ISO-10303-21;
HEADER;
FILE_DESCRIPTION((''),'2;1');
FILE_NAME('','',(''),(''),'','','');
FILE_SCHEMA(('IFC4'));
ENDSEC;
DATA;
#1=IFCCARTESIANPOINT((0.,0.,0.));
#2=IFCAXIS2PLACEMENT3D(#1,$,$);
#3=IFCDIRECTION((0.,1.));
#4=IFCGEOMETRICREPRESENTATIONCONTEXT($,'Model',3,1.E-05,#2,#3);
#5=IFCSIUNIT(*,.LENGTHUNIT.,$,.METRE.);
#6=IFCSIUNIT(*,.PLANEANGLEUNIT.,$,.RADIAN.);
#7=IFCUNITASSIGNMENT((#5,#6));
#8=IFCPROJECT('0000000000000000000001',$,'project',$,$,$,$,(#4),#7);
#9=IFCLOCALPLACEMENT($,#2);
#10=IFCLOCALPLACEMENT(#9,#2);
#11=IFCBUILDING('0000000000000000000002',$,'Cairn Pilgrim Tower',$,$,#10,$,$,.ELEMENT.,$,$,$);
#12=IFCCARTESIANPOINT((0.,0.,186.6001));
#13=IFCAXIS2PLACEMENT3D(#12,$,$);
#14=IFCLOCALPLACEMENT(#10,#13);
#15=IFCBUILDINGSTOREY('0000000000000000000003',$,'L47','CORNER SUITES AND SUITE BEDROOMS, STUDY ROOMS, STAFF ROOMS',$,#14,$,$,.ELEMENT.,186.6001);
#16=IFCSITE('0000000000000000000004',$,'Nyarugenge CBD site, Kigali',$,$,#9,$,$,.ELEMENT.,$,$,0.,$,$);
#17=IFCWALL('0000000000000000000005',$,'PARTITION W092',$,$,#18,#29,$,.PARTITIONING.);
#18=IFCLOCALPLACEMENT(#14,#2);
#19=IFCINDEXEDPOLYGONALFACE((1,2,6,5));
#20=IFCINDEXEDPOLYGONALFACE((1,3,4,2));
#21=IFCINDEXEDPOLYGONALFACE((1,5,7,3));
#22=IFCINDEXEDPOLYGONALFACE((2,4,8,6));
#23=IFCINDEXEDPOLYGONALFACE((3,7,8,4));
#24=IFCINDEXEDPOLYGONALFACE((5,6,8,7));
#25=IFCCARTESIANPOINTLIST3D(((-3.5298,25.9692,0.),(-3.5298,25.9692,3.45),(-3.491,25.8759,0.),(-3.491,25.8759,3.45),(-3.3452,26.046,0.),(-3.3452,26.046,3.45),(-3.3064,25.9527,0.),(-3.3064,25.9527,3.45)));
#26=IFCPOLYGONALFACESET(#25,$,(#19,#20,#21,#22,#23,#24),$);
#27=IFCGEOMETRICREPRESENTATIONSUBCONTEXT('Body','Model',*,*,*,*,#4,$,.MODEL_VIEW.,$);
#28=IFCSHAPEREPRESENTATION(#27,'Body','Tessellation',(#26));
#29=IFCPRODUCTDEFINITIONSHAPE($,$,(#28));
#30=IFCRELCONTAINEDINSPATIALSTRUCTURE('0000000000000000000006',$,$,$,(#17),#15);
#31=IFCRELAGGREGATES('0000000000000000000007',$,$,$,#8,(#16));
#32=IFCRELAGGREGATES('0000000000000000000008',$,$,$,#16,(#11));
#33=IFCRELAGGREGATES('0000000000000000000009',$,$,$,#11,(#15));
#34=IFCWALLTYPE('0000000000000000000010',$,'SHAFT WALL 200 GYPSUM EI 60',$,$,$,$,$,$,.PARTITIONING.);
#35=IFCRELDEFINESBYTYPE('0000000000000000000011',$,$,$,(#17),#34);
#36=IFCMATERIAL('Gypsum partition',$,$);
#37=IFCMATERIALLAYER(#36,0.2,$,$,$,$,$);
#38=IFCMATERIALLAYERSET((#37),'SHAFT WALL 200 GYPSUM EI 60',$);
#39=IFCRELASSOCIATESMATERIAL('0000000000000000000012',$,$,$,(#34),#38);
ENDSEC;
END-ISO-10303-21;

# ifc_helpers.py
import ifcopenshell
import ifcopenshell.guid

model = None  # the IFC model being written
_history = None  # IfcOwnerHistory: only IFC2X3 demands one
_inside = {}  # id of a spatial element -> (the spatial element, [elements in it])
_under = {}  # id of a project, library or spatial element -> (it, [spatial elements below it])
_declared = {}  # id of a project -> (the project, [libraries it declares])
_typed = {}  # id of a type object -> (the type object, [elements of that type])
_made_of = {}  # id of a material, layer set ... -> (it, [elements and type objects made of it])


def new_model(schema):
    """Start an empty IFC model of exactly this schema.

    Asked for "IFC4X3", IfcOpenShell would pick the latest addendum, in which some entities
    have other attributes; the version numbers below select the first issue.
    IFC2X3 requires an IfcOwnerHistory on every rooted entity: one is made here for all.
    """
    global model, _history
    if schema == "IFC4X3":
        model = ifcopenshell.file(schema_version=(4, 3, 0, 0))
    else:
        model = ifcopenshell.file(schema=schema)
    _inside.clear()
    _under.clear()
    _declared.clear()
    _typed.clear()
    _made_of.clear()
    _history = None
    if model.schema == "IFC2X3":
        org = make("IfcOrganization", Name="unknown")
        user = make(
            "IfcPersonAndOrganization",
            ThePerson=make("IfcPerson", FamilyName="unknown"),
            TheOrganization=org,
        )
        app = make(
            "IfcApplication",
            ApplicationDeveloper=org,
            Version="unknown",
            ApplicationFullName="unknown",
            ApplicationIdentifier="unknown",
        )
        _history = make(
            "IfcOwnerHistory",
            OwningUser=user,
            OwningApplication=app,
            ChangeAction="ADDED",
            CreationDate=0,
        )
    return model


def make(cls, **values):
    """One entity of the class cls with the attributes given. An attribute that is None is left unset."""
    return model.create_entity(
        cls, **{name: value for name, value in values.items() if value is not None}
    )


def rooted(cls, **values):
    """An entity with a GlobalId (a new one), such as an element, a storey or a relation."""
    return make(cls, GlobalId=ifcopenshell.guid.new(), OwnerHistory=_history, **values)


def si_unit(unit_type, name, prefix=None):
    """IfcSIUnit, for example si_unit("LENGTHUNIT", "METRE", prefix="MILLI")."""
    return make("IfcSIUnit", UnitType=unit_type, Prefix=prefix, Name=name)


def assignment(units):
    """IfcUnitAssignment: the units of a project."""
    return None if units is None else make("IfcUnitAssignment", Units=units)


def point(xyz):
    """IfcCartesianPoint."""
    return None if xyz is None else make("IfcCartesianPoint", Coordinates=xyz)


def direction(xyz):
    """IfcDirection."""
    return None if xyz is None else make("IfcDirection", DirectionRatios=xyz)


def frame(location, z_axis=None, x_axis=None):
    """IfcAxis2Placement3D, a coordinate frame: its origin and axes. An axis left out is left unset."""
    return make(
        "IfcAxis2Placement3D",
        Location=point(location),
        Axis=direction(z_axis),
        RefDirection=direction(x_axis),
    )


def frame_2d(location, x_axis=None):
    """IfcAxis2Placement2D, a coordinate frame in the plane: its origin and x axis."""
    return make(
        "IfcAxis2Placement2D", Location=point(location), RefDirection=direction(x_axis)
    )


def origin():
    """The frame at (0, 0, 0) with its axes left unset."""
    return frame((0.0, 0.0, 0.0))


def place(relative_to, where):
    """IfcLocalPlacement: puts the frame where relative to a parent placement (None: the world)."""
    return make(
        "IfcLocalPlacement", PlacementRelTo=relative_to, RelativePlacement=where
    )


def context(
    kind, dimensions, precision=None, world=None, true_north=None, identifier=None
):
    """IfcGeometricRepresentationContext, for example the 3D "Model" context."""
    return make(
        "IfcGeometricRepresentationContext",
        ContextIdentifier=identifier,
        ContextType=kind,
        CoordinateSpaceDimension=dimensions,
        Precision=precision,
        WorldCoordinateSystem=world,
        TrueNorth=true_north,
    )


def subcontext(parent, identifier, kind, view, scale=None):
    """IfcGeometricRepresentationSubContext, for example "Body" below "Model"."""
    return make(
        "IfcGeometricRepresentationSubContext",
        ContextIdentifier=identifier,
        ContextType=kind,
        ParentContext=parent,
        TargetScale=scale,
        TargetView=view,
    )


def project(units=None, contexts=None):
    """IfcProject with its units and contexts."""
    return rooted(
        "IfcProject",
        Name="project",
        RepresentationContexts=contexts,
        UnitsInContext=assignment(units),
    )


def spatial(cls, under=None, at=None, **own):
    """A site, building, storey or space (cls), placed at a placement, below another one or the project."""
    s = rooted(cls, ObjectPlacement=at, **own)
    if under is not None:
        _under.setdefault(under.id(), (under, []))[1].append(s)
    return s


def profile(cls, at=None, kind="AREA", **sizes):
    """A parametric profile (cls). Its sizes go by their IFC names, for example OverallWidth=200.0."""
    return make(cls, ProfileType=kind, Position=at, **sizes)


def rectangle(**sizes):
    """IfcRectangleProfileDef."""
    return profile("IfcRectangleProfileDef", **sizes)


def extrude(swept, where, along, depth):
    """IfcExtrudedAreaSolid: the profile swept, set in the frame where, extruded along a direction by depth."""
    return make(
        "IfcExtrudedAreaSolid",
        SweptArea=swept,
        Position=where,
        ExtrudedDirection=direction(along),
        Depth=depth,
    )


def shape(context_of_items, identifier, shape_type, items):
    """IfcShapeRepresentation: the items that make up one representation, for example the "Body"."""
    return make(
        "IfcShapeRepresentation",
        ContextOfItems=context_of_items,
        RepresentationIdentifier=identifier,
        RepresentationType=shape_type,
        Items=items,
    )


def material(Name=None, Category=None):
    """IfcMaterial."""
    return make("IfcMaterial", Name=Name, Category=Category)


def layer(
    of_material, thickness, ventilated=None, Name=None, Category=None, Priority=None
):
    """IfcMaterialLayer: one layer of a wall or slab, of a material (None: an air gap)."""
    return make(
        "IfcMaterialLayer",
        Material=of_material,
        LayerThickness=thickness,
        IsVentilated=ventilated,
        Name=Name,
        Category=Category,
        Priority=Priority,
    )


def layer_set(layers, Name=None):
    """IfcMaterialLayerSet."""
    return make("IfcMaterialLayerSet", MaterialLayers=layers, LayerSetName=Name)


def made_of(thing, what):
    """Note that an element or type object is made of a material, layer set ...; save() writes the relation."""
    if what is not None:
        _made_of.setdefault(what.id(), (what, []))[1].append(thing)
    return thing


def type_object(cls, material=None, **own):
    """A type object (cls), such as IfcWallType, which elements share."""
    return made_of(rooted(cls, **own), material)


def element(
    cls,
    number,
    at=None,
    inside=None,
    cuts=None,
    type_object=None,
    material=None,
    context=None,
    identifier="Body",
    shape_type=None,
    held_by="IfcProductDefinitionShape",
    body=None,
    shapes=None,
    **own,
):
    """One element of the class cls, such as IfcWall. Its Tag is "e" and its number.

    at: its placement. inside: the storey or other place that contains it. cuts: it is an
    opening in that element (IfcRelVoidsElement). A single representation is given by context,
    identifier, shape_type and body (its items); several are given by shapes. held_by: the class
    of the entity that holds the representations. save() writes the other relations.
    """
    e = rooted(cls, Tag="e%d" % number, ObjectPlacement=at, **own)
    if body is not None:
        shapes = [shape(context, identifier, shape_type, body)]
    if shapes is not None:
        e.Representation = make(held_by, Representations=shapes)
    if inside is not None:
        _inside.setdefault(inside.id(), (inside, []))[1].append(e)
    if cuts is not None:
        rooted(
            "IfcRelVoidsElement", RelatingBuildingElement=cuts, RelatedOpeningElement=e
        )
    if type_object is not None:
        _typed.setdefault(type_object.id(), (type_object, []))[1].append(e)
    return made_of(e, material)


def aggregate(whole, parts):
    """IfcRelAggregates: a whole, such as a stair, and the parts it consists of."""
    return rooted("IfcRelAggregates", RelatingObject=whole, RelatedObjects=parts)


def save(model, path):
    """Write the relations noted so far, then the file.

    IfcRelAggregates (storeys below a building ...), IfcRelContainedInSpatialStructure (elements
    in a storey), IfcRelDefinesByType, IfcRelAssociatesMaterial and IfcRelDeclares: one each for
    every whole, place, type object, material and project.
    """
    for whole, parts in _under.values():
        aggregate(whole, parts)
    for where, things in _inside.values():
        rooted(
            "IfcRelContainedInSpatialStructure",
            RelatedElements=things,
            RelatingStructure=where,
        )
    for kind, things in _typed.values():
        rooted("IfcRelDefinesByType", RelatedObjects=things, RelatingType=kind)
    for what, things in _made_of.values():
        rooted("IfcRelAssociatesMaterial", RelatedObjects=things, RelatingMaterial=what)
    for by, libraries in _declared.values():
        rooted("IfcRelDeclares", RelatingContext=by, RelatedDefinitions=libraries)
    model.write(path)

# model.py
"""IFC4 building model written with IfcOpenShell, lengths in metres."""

from ifc_helpers import new_model, si_unit, direction, frame, frame_2d, origin, place, context, subcontext, project, spatial, rectangle, extrude, material, layer, layer_set, type_object, element, save


model = new_model("IFC4")

# Units and contexts
model_context = context("Model", 3, precision=1e-05, world=origin(), true_north=direction((0.0, 1.0)))
body_context = subcontext(model_context, "Body", "Model", "MODEL_VIEW")
ifc_project = project(units=[si_unit("LENGTHUNIT", "METRE"), si_unit("PLANEANGLEUNIT", "RADIAN")], contexts=[model_context])

# Site, building, storey
site_placement = place(None, origin())
site = spatial("IfcSite", under=ifc_project, at=site_placement, Name="Nyarugenge CBD site, Kigali", CompositionType="ELEMENT", RefElevation=0.0)
building_placement = place(site_placement, origin())
building = spatial("IfcBuilding", under=site, at=building_placement, Name="Cairn Pilgrim Tower", CompositionType="ELEMENT")
storey_placement = place(building_placement, frame((0.0, 0.0, 186.6001)))
storey = spatial("IfcBuildingStorey", under=building, at=storey_placement, Name="L47", Description="CORNER SUITES AND SUITE BEDROOMS, STUDY ROOMS, STAFF ROOMS", CompositionType="ELEMENT", Elevation=186.6001)

# Shared definitions
ifc_material_1 = material(Name="Gypsum partition")

# Wall
ifc_layer_1 = layer(ifc_material_1, 0.2)
ifc_layer_set_1 = layer_set([ifc_layer_1], Name="SHAFT WALL 200 GYPSUM EI 60")
wall_type_1 = type_object("IfcWallType", Name="SHAFT WALL 200 GYPSUM EI 60", PredefinedType="PARTITIONING", material=ifc_layer_set_1)
wall_1_placement = place(storey_placement, frame((-3.3987, 25.9143, 0.0), z_axis=(0.0, 0.0, 1.0), x_axis=(-0.384272, 0.92322, 0.0)))
element("IfcWall", 1, at=wall_1_placement, inside=storey, type_object=wall_type_1, Name="PARTITION W092", PredefinedType="PARTITIONING", context=body_context, shape_type="SweptSolid", body=[
    extrude(rectangle(XDim=0.1011, YDim=0.2, at=frame_2d((0.0505, 0.0))), origin(), (0.0, 0.0, 1.0), 3.45),
])

save(model, "model.ifc")
